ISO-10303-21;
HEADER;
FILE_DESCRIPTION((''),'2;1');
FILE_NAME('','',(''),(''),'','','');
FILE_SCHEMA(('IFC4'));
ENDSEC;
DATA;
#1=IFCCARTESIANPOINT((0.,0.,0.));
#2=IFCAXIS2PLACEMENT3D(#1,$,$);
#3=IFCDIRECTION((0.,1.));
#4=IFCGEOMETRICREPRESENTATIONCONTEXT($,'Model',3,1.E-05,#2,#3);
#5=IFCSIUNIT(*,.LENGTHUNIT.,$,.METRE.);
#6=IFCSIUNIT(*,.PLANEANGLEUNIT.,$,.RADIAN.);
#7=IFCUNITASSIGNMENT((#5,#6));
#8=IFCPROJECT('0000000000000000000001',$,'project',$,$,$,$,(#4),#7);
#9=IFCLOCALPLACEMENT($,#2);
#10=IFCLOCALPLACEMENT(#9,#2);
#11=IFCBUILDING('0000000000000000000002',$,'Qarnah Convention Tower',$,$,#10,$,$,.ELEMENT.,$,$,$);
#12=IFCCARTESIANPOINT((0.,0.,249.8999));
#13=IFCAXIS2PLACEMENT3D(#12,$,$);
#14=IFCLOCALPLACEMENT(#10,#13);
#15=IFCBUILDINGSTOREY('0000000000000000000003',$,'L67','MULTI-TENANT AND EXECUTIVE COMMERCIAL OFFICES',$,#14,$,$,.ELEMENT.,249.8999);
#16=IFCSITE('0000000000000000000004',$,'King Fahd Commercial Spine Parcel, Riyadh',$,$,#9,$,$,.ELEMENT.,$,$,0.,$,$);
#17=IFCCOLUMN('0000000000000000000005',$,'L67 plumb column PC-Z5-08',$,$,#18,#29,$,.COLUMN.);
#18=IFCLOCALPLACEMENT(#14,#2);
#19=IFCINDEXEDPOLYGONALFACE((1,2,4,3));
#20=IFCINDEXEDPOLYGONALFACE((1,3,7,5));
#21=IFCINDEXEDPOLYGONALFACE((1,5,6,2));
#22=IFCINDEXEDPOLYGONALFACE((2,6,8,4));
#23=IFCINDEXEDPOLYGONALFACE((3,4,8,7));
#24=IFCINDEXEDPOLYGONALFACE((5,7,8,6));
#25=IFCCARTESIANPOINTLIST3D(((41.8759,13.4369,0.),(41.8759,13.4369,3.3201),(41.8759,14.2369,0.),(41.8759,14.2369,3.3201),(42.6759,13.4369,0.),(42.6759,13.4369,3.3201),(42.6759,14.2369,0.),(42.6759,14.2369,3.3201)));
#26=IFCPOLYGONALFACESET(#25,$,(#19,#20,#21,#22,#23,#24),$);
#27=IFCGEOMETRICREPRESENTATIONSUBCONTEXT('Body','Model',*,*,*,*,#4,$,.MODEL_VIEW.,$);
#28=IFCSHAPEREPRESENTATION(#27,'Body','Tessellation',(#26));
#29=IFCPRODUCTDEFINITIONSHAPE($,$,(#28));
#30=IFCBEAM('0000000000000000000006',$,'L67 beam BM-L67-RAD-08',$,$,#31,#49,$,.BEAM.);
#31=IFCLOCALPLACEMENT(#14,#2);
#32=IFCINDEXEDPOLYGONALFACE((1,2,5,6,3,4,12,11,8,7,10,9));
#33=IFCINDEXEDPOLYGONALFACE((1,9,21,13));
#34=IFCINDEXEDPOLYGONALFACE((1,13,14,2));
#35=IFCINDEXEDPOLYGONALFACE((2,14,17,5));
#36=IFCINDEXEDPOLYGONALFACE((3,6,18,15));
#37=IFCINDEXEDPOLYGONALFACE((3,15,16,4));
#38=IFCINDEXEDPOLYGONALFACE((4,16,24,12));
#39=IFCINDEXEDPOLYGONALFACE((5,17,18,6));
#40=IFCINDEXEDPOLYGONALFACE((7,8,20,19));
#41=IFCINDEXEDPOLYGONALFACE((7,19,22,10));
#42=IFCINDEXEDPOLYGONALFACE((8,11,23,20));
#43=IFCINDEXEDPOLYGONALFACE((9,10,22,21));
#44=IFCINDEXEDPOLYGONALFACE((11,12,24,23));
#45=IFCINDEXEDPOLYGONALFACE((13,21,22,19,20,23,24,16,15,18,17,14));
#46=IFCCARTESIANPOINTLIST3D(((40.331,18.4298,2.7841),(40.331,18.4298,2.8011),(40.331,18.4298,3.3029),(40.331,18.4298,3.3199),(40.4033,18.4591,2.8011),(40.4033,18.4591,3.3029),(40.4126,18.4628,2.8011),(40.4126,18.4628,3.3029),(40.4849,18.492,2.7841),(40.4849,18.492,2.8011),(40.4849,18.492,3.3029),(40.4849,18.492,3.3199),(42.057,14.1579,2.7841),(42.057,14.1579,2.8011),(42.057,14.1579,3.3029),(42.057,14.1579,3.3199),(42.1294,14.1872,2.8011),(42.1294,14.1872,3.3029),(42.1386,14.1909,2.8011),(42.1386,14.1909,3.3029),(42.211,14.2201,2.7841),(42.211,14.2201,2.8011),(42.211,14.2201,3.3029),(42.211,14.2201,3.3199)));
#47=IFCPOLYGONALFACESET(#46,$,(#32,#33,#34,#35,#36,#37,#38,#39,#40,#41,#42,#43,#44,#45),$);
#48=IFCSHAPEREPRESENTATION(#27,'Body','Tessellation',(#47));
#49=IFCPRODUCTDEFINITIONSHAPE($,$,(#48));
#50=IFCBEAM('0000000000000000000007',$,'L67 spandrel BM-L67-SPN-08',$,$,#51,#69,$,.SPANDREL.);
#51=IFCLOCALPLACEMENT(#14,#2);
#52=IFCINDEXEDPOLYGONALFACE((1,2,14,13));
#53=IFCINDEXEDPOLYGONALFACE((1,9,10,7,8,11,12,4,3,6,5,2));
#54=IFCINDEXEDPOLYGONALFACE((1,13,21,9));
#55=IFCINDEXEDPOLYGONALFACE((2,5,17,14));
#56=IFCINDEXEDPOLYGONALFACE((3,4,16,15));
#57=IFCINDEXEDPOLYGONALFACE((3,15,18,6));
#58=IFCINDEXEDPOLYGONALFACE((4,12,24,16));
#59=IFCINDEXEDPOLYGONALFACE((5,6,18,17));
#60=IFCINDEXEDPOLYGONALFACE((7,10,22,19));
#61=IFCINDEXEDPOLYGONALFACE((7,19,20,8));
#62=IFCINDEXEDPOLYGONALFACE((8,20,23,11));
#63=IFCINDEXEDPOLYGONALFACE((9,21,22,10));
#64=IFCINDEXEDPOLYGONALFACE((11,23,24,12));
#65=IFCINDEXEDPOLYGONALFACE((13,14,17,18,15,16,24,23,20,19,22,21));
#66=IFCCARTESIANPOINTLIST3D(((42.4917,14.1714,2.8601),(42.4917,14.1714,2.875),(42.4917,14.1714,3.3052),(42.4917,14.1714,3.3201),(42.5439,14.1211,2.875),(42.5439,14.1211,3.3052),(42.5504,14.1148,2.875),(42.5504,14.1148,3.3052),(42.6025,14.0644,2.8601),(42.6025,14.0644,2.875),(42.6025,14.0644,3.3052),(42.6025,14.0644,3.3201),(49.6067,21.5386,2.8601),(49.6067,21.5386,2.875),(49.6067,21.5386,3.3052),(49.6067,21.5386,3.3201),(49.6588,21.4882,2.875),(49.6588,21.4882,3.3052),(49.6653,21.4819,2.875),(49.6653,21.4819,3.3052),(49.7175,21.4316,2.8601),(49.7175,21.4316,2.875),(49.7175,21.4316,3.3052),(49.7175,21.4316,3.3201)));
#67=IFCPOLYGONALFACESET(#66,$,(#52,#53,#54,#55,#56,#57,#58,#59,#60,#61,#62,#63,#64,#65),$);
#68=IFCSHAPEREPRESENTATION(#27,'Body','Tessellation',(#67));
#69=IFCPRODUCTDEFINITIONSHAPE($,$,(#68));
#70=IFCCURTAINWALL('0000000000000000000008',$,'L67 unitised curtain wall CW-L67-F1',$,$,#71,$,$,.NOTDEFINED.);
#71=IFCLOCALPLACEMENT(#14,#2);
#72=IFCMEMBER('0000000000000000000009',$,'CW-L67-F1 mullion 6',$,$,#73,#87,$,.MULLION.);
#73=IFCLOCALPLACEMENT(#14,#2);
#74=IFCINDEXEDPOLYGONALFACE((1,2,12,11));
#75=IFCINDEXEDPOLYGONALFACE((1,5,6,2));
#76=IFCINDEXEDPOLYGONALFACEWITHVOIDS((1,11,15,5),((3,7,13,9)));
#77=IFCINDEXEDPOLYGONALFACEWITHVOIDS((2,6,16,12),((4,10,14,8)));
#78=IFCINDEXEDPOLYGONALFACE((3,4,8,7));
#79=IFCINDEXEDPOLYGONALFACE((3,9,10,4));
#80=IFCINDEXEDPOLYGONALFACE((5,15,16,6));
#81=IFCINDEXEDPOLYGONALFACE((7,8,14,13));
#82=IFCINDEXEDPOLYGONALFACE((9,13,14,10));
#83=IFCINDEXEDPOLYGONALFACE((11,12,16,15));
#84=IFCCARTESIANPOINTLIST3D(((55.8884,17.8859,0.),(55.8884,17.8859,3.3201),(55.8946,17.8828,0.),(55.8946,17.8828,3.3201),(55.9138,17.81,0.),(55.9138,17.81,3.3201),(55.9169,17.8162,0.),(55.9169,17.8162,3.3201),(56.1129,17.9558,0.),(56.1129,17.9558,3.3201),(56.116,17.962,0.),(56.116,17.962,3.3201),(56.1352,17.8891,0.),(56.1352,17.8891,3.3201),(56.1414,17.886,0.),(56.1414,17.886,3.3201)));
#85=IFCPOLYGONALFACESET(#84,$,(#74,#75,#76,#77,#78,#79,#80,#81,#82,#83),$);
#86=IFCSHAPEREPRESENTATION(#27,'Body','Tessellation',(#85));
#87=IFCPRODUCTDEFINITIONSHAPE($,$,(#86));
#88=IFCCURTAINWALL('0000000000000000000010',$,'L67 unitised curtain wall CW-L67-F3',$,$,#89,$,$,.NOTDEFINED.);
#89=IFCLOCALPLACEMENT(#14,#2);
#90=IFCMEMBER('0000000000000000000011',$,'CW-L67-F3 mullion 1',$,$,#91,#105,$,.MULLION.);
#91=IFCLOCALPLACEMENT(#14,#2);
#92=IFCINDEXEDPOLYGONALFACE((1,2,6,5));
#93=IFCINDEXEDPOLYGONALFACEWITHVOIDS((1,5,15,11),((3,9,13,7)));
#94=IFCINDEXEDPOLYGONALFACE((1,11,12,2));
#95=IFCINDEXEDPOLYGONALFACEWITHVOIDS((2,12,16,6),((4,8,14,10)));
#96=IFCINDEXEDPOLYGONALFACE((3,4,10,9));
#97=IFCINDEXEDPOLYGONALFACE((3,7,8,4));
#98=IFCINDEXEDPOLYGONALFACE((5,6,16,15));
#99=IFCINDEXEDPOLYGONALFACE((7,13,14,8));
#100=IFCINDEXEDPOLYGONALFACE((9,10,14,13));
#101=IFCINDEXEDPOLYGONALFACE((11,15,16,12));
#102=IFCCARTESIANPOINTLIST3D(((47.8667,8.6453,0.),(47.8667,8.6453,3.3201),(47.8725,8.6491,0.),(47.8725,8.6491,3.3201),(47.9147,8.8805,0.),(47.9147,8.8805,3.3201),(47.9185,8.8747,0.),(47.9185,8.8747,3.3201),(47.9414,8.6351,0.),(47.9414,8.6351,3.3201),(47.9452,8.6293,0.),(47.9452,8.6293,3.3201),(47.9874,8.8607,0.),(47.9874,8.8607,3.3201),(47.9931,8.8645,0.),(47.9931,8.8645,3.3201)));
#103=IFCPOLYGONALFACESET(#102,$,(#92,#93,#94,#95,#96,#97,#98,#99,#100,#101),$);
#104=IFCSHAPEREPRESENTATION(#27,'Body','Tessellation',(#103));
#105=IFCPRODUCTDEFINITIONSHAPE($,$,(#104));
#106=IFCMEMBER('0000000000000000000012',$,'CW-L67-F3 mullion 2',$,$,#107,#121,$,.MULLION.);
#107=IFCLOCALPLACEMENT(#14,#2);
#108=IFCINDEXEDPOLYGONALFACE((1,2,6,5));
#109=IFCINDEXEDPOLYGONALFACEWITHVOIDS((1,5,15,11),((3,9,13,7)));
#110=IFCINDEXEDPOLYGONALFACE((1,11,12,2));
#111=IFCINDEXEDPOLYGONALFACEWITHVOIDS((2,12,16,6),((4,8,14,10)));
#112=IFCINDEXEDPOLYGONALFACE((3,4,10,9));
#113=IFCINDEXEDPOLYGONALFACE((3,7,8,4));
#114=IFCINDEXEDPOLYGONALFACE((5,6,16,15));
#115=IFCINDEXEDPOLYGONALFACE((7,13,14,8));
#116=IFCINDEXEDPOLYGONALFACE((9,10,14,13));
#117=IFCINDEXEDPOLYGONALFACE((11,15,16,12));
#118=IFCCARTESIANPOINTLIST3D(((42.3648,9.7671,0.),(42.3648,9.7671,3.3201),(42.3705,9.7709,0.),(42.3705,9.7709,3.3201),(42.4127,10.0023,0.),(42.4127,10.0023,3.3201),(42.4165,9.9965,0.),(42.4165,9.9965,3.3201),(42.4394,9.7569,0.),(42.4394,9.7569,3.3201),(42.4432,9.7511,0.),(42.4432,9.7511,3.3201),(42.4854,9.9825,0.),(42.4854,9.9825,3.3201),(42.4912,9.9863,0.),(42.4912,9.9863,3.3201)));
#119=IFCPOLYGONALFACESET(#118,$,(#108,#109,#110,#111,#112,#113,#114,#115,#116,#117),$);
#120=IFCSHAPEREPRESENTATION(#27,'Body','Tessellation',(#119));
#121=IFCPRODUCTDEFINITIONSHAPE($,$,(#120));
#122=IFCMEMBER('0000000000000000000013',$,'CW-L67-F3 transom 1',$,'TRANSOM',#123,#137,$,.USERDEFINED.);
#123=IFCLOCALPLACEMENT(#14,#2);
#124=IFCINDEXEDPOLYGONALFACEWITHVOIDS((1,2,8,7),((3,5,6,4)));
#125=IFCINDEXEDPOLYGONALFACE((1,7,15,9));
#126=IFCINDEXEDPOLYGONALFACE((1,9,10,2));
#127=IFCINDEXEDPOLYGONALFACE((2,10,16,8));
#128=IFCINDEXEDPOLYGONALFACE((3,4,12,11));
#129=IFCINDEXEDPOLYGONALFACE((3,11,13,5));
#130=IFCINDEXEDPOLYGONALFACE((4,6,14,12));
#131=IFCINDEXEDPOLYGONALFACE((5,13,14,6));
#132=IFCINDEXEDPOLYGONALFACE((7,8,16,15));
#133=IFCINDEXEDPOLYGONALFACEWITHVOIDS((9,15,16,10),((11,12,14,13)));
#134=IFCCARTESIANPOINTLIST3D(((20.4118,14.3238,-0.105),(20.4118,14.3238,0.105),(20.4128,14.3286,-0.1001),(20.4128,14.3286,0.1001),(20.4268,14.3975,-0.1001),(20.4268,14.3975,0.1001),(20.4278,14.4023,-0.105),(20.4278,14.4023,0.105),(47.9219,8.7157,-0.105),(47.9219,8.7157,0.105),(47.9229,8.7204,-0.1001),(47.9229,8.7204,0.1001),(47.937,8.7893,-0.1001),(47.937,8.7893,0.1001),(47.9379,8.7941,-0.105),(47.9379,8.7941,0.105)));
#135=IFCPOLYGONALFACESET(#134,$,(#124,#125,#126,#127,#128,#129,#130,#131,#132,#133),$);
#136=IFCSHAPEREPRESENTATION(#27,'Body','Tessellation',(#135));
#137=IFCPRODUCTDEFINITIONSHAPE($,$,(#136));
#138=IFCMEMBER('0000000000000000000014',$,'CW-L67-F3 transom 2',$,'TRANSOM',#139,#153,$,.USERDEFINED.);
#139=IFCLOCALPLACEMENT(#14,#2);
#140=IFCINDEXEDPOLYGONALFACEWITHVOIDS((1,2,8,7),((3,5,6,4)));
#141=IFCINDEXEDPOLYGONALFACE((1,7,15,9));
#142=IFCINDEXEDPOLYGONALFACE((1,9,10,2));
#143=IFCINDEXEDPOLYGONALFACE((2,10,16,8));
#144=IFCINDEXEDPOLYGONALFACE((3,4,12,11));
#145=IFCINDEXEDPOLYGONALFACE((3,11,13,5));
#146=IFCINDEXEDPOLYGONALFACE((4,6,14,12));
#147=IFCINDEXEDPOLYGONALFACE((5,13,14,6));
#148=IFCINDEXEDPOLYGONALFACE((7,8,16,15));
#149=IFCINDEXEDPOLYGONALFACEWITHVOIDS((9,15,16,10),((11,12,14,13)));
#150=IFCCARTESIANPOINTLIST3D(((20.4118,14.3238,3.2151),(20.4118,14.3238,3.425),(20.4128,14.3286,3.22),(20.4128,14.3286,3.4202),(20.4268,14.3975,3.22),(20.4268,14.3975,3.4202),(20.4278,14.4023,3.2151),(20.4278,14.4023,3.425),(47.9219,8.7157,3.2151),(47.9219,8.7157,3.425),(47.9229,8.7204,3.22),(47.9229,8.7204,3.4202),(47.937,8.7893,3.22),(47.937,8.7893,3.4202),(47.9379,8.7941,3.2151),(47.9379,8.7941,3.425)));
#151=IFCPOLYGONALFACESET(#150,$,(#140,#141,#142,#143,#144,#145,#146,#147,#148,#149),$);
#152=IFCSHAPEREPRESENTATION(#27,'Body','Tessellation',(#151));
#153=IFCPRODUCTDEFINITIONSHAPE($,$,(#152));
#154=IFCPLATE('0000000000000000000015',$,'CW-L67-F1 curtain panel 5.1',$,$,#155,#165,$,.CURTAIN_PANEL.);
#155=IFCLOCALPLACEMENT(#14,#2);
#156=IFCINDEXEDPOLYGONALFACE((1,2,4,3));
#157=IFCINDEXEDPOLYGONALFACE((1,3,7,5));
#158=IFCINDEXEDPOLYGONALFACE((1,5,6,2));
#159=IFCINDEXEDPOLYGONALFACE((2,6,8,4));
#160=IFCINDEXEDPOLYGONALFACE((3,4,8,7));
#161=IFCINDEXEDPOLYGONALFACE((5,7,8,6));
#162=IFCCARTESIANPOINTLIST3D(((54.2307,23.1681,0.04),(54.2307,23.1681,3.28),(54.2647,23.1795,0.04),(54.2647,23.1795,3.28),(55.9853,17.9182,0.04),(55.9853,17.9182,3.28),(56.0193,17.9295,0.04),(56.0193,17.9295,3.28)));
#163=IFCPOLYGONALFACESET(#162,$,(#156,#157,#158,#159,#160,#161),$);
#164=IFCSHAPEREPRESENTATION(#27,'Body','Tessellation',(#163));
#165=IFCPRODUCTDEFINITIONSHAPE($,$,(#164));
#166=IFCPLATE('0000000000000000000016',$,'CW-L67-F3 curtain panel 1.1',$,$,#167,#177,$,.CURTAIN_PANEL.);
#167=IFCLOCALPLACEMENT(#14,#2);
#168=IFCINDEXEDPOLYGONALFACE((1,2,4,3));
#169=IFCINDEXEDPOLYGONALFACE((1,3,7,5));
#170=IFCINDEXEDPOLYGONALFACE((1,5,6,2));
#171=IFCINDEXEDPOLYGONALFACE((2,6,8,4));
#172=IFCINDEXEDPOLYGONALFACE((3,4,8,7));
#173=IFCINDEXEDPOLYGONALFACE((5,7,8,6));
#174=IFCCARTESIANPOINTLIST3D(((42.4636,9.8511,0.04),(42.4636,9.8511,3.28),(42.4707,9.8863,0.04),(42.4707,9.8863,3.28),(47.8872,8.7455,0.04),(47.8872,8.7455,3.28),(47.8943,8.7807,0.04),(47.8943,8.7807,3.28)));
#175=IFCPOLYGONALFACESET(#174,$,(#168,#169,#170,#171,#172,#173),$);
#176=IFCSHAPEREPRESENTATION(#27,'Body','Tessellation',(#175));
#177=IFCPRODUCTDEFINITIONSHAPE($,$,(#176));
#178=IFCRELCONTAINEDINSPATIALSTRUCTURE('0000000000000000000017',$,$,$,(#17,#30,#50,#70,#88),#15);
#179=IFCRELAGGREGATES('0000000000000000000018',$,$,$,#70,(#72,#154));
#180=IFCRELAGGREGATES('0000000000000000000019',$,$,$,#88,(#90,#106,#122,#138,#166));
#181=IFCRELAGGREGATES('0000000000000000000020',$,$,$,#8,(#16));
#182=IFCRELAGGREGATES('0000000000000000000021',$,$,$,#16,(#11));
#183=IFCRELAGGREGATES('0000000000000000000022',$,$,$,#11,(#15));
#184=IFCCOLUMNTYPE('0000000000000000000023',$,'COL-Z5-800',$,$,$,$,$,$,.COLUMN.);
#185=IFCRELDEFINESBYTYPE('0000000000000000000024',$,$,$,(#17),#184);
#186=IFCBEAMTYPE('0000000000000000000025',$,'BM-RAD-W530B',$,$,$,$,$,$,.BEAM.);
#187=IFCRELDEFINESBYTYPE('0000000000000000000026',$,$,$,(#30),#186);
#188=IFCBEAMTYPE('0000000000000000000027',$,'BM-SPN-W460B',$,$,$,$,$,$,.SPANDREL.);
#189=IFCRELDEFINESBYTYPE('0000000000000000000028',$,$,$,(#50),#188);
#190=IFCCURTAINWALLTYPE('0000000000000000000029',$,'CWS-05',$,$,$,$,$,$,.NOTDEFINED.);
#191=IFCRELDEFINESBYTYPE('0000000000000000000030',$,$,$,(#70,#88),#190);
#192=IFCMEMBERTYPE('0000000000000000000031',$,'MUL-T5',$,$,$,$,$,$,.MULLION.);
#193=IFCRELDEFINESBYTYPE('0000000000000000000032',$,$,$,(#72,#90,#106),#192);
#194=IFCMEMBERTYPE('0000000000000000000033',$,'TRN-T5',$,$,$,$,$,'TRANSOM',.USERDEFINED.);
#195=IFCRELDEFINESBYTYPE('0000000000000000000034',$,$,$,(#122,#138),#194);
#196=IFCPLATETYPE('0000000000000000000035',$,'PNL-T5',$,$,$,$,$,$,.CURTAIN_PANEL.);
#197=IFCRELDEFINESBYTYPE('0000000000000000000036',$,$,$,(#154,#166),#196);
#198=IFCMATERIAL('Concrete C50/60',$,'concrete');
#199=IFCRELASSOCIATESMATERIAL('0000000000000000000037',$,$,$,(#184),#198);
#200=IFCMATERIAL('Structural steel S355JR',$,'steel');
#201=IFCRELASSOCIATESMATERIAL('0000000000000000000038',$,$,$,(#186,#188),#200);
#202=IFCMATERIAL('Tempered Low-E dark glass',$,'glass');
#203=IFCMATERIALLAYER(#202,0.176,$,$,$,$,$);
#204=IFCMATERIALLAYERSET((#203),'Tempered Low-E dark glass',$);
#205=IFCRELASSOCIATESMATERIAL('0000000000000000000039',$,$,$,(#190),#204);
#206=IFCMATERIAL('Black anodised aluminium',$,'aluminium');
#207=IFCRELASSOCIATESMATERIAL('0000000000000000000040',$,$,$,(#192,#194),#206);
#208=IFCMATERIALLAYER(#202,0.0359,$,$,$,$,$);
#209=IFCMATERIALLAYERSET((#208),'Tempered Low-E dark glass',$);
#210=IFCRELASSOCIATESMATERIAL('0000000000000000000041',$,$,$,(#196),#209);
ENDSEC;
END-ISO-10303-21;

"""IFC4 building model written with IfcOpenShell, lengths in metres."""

from ifc_helpers import new_model, si_unit, direction, frame, origin, origin_2d, place, context, subcontext, project, spatial, rectangle, hollow_rectangle, i_section, extrude, material, layer, layer_set, material_profile, profile_set, type_object, element, aggregate, save


model = new_model("IFC4")

# Units and contexts
model_context = context("Model", 3, precision=1e-05, world=origin(), true_north=direction((0.0, 1.0)))
body_context = subcontext(model_context, "Body", "Model", "MODEL_VIEW")
ifc_project = project(units=[si_unit("LENGTHUNIT", "METRE"), si_unit("PLANEANGLEUNIT", "RADIAN")], contexts=[model_context])

# Site, building, storey
site_placement = place(None, origin())
site = spatial("IfcSite", under=ifc_project, at=site_placement, Name="King Fahd Commercial Spine Parcel, Riyadh", CompositionType="ELEMENT", RefElevation=0.0)
building_placement = place(site_placement, origin())
building = spatial("IfcBuilding", under=site, at=building_placement, Name="Qarnah Convention Tower", CompositionType="ELEMENT")
storey_placement = place(building_placement, frame((0.0, 0.0, 249.8999)))
storey = spatial("IfcBuildingStorey", under=building, at=storey_placement, Name="L67", Description="MULTI-TENANT AND EXECUTIVE COMMERCIAL OFFICES", CompositionType="ELEMENT", Elevation=249.8999)

# Column
ifc_material_1 = material(Name="Concrete C50/60", Category="concrete")
ifc_material_profile_1 = material_profile(ifc_material_1, rectangle(XDim=0.8, YDim=0.8, at=origin_2d()), Name="RC-COL-800X800")
ifc_profile_set_1 = profile_set([ifc_material_profile_1], Name="Concrete C50/60")
column_type = type_object("IfcColumnType", Name="COL-Z5-800", PredefinedType="COLUMN", material=ifc_profile_set_1)
column_placement = place(storey_placement, frame((42.2759, 13.8369, 0.0), z_axis=(0.0, 0.0, 1.0), x_axis=(1.0, 0.0, 0.0)))
element("IfcColumn", 1, at=column_placement, inside=storey, type_object=column_type, Name="L67 plumb column PC-Z5-08", PredefinedType="COLUMN", context=body_context, shape_type="SweptSolid", body=[
    extrude(rectangle(XDim=0.8, YDim=0.8, at=origin_2d()), origin(), (0.0, 0.0, 1.0), 3.3201),
])

# Beams
ifc_material_2 = material(Name="Structural steel S355JR", Category="steel")
ifc_material_profile_2 = material_profile(ifc_material_2, i_section(OverallWidth=0.166, OverallDepth=0.5359, WebThickness=0.01, FlangeThickness=0.0171, at=origin_2d()), Name="W530X85")
ifc_profile_set_2 = profile_set([ifc_material_profile_2], Name="Structural steel S355JR")
beam_type_1 = type_object("IfcBeamType", Name="BM-RAD-W530B", PredefinedType="BEAM", material=ifc_profile_set_2)
beam_1_placement = place(storey_placement, frame((40.408, 18.4609, 3.052), z_axis=(0.374622, -0.927177, 0.0), x_axis=(0.927177, 0.374622, 0.0)))
element("IfcBeam", 2, at=beam_1_placement, inside=storey, type_object=beam_type_1, Name="L67 beam BM-L67-RAD-08", PredefinedType="BEAM", context=body_context, shape_type="SweptSolid", body=[
    extrude(i_section(OverallWidth=0.166, OverallDepth=0.5359, WebThickness=0.01, FlangeThickness=0.0171, at=origin_2d()), origin(), (0.0, 0.0, 1.0), 4.6074),
])
ifc_material_profile_3 = material_profile(ifc_material_2, i_section(OverallWidth=0.1541, OverallDepth=0.46, WebThickness=0.009, FlangeThickness=0.0149, at=origin_2d()), Name="W460X68")
ifc_profile_set_3 = profile_set([ifc_material_profile_3], Name="Structural steel S355JR")
beam_type_2 = type_object("IfcBeamType", Name="BM-SPN-W460B", PredefinedType="SPANDREL", material=ifc_profile_set_3)
beam_2_placement = place(storey_placement, frame((42.5471, 14.1179, 3.0901), z_axis=(0.694688, 0.719312, 0.0), x_axis=(-0.719312, 0.694688, 0.0)))
element("IfcBeam", 3, at=beam_2_placement, inside=storey, type_object=beam_type_2, Name="L67 spandrel BM-L67-SPN-08", PredefinedType="SPANDREL", context=body_context, shape_type="SweptSolid", body=[
    extrude(i_section(OverallWidth=0.1541, OverallDepth=0.46, WebThickness=0.009, FlangeThickness=0.0149, at=origin_2d()), origin(), (0.0, 0.0, 1.0), 10.2419),
])

# Curtain wall, member
ifc_material_3 = material(Name="Tempered Low-E dark glass", Category="glass")
ifc_layer_1 = layer(ifc_material_3, 0.176)
ifc_layer_set_1 = layer_set([ifc_layer_1], Name="Tempered Low-E dark glass")
curtain_wall_type = type_object("IfcCurtainWallType", Name="CWS-05", PredefinedType="NOTDEFINED", material=ifc_layer_set_1)
curtain_wall_1_placement = place(storey_placement, origin())
curtain_wall_1 = element("IfcCurtainWall", 4, at=curtain_wall_1_placement, inside=storey, type_object=curtain_wall_type, Name="L67 unitised curtain wall CW-L67-F1", PredefinedType="NOTDEFINED")
ifc_material_4 = material(Name="Black anodised aluminium", Category="aluminium")
ifc_material_profile_4 = material_profile(ifc_material_4, hollow_rectangle(XDim=0.0801, YDim=0.24, WallThickness=0.0049, at=origin_2d()), Name="MUL-80X240")
ifc_profile_set_4 = profile_set([ifc_material_profile_4], Name="Black anodised aluminium")
member_type_1 = type_object("IfcMemberType", Name="MUL-T5", PredefinedType="MULLION", material=ifc_profile_set_4)
member_1_placement = place(storey_placement, frame((56.0149, 17.886, 0.0), z_axis=(0.0, 0.0, 1.0), x_axis=(0.316986, -0.94843, 0.0)))
member_1 = element("IfcMember", 5, at=member_1_placement, type_object=member_type_1, Name="CW-L67-F1 mullion 6", PredefinedType="MULLION", context=body_context, shape_type="SweptSolid", body=[
    extrude(hollow_rectangle(XDim=0.0801, YDim=0.24, WallThickness=0.0049, at=origin_2d()), origin(), (0.0, 0.0, 1.0), 3.3201),
])

# Curtain wall, members
curtain_wall_2_placement = place(storey_placement, origin())
curtain_wall_2 = element("IfcCurtainWall", 6, at=curtain_wall_2_placement, inside=storey, type_object=curtain_wall_type, Name="L67 unitised curtain wall CW-L67-F3", PredefinedType="NOTDEFINED")
member_2_placement = place(storey_placement, frame((47.9299, 8.7549, 0.0), z_axis=(0.0, 0.0, 1.0), x_axis=(-0.979848, 0.199745, 0.0)))
member_2 = element("IfcMember", 7, at=member_2_placement, type_object=member_type_1, Name="CW-L67-F3 mullion 1", PredefinedType="MULLION", context=body_context, shape_type="SweptSolid", body=[
    extrude(hollow_rectangle(XDim=0.0801, YDim=0.24, WallThickness=0.0049, at=origin_2d()), origin(), (0.0, 0.0, 1.0), 3.3201),
])
member_3_placement = place(storey_placement, frame((42.428, 9.8767, 0.0), z_axis=(0.0, 0.0, 1.0), x_axis=(-0.979848, 0.199745, 0.0)))
member_3 = element("IfcMember", 8, at=member_3_placement, type_object=member_type_1, Name="CW-L67-F3 mullion 2", PredefinedType="MULLION", context=body_context, shape_type="SweptSolid", body=[
    extrude(hollow_rectangle(XDim=0.0801, YDim=0.24, WallThickness=0.0049, at=origin_2d()), origin(), (0.0, 0.0, 1.0), 3.3201),
])
ifc_material_profile_5 = material_profile(ifc_material_4, hollow_rectangle(XDim=0.0801, YDim=0.21, WallThickness=0.0049, at=origin_2d()), Name="TRN-80X210")
ifc_profile_set_5 = profile_set([ifc_material_profile_5], Name="Black anodised aluminium")
member_type_2 = type_object("IfcMemberType", Name="TRN-T5", ElementType="TRANSOM", PredefinedType="USERDEFINED", material=ifc_profile_set_5)
member_4_placement = place(storey_placement, frame((47.9299, 8.7549, 0.0), z_axis=(-0.979847, 0.19975, 0.0), x_axis=(-0.19975, -0.979847, 0.0)))
member_4 = element("IfcMember", 9, at=member_4_placement, type_object=member_type_2, Name="CW-L67-F3 transom 1", ObjectType="TRANSOM", PredefinedType="USERDEFINED", context=body_context, shape_type="SweptSolid", body=[
    extrude(hollow_rectangle(XDim=0.0801, YDim=0.21, WallThickness=0.0049, at=origin_2d()), origin(), (0.0, 0.0, 1.0), 28.0759),
])
member_5_placement = place(storey_placement, frame((47.9299, 8.7549, 3.3201), z_axis=(-0.979847, 0.19975, 0.0), x_axis=(-0.19975, -0.979847, 0.0)))
member_5 = element("IfcMember", 10, at=member_5_placement, type_object=member_type_2, Name="CW-L67-F3 transom 2", ObjectType="TRANSOM", PredefinedType="USERDEFINED", context=body_context, shape_type="SweptSolid", body=[
    extrude(hollow_rectangle(XDim=0.0801, YDim=0.21, WallThickness=0.0049, at=origin_2d()), origin(), (0.0, 0.0, 1.0), 28.0759),
])

# Plates
ifc_layer_2 = layer(ifc_material_3, 0.0359)
ifc_layer_set_2 = layer_set([ifc_layer_2], Name="Tempered Low-E dark glass")
plate_type = type_object("IfcPlateType", Name="PNL-T5", PredefinedType="CURTAIN_PANEL", material=ifc_layer_set_2)
plate_1_placement = place(storey_placement, frame((55.125, 20.5488, 0.04), z_axis=(0.0, 0.0, 1.0), x_axis=(0.316986, -0.94843, 0.0)))
plate_1 = element("IfcPlate", 11, at=plate_1_placement, type_object=plate_type, Name="CW-L67-F1 curtain panel 5.1", PredefinedType="CURTAIN_PANEL", context=body_context, shape_type="SweptSolid", body=[
    extrude(rectangle(XDim=5.5354, YDim=0.0359, at=origin_2d()), origin(), (0.0, 0.0, 1.0), 3.24),
])
aggregate(curtain_wall_1, [member_1, plate_1])
plate_2_placement = place(storey_placement, frame((45.179, 9.3159, 0.04), z_axis=(0.0, 0.0, 1.0), x_axis=(-0.979848, 0.199745, 0.0)))
plate_2 = element("IfcPlate", 12, at=plate_2_placement, type_object=plate_type, Name="CW-L67-F3 curtain panel 1.1", PredefinedType="CURTAIN_PANEL", context=body_context, shape_type="SweptSolid", body=[
    extrude(rectangle(XDim=5.5352, YDim=0.0359, at=origin_2d()), origin(), (0.0, 0.0, 1.0), 3.24),
])
aggregate(curtain_wall_2, [member_2, member_3, member_4, member_5, plate_2])

save(model, "model.ifc")
